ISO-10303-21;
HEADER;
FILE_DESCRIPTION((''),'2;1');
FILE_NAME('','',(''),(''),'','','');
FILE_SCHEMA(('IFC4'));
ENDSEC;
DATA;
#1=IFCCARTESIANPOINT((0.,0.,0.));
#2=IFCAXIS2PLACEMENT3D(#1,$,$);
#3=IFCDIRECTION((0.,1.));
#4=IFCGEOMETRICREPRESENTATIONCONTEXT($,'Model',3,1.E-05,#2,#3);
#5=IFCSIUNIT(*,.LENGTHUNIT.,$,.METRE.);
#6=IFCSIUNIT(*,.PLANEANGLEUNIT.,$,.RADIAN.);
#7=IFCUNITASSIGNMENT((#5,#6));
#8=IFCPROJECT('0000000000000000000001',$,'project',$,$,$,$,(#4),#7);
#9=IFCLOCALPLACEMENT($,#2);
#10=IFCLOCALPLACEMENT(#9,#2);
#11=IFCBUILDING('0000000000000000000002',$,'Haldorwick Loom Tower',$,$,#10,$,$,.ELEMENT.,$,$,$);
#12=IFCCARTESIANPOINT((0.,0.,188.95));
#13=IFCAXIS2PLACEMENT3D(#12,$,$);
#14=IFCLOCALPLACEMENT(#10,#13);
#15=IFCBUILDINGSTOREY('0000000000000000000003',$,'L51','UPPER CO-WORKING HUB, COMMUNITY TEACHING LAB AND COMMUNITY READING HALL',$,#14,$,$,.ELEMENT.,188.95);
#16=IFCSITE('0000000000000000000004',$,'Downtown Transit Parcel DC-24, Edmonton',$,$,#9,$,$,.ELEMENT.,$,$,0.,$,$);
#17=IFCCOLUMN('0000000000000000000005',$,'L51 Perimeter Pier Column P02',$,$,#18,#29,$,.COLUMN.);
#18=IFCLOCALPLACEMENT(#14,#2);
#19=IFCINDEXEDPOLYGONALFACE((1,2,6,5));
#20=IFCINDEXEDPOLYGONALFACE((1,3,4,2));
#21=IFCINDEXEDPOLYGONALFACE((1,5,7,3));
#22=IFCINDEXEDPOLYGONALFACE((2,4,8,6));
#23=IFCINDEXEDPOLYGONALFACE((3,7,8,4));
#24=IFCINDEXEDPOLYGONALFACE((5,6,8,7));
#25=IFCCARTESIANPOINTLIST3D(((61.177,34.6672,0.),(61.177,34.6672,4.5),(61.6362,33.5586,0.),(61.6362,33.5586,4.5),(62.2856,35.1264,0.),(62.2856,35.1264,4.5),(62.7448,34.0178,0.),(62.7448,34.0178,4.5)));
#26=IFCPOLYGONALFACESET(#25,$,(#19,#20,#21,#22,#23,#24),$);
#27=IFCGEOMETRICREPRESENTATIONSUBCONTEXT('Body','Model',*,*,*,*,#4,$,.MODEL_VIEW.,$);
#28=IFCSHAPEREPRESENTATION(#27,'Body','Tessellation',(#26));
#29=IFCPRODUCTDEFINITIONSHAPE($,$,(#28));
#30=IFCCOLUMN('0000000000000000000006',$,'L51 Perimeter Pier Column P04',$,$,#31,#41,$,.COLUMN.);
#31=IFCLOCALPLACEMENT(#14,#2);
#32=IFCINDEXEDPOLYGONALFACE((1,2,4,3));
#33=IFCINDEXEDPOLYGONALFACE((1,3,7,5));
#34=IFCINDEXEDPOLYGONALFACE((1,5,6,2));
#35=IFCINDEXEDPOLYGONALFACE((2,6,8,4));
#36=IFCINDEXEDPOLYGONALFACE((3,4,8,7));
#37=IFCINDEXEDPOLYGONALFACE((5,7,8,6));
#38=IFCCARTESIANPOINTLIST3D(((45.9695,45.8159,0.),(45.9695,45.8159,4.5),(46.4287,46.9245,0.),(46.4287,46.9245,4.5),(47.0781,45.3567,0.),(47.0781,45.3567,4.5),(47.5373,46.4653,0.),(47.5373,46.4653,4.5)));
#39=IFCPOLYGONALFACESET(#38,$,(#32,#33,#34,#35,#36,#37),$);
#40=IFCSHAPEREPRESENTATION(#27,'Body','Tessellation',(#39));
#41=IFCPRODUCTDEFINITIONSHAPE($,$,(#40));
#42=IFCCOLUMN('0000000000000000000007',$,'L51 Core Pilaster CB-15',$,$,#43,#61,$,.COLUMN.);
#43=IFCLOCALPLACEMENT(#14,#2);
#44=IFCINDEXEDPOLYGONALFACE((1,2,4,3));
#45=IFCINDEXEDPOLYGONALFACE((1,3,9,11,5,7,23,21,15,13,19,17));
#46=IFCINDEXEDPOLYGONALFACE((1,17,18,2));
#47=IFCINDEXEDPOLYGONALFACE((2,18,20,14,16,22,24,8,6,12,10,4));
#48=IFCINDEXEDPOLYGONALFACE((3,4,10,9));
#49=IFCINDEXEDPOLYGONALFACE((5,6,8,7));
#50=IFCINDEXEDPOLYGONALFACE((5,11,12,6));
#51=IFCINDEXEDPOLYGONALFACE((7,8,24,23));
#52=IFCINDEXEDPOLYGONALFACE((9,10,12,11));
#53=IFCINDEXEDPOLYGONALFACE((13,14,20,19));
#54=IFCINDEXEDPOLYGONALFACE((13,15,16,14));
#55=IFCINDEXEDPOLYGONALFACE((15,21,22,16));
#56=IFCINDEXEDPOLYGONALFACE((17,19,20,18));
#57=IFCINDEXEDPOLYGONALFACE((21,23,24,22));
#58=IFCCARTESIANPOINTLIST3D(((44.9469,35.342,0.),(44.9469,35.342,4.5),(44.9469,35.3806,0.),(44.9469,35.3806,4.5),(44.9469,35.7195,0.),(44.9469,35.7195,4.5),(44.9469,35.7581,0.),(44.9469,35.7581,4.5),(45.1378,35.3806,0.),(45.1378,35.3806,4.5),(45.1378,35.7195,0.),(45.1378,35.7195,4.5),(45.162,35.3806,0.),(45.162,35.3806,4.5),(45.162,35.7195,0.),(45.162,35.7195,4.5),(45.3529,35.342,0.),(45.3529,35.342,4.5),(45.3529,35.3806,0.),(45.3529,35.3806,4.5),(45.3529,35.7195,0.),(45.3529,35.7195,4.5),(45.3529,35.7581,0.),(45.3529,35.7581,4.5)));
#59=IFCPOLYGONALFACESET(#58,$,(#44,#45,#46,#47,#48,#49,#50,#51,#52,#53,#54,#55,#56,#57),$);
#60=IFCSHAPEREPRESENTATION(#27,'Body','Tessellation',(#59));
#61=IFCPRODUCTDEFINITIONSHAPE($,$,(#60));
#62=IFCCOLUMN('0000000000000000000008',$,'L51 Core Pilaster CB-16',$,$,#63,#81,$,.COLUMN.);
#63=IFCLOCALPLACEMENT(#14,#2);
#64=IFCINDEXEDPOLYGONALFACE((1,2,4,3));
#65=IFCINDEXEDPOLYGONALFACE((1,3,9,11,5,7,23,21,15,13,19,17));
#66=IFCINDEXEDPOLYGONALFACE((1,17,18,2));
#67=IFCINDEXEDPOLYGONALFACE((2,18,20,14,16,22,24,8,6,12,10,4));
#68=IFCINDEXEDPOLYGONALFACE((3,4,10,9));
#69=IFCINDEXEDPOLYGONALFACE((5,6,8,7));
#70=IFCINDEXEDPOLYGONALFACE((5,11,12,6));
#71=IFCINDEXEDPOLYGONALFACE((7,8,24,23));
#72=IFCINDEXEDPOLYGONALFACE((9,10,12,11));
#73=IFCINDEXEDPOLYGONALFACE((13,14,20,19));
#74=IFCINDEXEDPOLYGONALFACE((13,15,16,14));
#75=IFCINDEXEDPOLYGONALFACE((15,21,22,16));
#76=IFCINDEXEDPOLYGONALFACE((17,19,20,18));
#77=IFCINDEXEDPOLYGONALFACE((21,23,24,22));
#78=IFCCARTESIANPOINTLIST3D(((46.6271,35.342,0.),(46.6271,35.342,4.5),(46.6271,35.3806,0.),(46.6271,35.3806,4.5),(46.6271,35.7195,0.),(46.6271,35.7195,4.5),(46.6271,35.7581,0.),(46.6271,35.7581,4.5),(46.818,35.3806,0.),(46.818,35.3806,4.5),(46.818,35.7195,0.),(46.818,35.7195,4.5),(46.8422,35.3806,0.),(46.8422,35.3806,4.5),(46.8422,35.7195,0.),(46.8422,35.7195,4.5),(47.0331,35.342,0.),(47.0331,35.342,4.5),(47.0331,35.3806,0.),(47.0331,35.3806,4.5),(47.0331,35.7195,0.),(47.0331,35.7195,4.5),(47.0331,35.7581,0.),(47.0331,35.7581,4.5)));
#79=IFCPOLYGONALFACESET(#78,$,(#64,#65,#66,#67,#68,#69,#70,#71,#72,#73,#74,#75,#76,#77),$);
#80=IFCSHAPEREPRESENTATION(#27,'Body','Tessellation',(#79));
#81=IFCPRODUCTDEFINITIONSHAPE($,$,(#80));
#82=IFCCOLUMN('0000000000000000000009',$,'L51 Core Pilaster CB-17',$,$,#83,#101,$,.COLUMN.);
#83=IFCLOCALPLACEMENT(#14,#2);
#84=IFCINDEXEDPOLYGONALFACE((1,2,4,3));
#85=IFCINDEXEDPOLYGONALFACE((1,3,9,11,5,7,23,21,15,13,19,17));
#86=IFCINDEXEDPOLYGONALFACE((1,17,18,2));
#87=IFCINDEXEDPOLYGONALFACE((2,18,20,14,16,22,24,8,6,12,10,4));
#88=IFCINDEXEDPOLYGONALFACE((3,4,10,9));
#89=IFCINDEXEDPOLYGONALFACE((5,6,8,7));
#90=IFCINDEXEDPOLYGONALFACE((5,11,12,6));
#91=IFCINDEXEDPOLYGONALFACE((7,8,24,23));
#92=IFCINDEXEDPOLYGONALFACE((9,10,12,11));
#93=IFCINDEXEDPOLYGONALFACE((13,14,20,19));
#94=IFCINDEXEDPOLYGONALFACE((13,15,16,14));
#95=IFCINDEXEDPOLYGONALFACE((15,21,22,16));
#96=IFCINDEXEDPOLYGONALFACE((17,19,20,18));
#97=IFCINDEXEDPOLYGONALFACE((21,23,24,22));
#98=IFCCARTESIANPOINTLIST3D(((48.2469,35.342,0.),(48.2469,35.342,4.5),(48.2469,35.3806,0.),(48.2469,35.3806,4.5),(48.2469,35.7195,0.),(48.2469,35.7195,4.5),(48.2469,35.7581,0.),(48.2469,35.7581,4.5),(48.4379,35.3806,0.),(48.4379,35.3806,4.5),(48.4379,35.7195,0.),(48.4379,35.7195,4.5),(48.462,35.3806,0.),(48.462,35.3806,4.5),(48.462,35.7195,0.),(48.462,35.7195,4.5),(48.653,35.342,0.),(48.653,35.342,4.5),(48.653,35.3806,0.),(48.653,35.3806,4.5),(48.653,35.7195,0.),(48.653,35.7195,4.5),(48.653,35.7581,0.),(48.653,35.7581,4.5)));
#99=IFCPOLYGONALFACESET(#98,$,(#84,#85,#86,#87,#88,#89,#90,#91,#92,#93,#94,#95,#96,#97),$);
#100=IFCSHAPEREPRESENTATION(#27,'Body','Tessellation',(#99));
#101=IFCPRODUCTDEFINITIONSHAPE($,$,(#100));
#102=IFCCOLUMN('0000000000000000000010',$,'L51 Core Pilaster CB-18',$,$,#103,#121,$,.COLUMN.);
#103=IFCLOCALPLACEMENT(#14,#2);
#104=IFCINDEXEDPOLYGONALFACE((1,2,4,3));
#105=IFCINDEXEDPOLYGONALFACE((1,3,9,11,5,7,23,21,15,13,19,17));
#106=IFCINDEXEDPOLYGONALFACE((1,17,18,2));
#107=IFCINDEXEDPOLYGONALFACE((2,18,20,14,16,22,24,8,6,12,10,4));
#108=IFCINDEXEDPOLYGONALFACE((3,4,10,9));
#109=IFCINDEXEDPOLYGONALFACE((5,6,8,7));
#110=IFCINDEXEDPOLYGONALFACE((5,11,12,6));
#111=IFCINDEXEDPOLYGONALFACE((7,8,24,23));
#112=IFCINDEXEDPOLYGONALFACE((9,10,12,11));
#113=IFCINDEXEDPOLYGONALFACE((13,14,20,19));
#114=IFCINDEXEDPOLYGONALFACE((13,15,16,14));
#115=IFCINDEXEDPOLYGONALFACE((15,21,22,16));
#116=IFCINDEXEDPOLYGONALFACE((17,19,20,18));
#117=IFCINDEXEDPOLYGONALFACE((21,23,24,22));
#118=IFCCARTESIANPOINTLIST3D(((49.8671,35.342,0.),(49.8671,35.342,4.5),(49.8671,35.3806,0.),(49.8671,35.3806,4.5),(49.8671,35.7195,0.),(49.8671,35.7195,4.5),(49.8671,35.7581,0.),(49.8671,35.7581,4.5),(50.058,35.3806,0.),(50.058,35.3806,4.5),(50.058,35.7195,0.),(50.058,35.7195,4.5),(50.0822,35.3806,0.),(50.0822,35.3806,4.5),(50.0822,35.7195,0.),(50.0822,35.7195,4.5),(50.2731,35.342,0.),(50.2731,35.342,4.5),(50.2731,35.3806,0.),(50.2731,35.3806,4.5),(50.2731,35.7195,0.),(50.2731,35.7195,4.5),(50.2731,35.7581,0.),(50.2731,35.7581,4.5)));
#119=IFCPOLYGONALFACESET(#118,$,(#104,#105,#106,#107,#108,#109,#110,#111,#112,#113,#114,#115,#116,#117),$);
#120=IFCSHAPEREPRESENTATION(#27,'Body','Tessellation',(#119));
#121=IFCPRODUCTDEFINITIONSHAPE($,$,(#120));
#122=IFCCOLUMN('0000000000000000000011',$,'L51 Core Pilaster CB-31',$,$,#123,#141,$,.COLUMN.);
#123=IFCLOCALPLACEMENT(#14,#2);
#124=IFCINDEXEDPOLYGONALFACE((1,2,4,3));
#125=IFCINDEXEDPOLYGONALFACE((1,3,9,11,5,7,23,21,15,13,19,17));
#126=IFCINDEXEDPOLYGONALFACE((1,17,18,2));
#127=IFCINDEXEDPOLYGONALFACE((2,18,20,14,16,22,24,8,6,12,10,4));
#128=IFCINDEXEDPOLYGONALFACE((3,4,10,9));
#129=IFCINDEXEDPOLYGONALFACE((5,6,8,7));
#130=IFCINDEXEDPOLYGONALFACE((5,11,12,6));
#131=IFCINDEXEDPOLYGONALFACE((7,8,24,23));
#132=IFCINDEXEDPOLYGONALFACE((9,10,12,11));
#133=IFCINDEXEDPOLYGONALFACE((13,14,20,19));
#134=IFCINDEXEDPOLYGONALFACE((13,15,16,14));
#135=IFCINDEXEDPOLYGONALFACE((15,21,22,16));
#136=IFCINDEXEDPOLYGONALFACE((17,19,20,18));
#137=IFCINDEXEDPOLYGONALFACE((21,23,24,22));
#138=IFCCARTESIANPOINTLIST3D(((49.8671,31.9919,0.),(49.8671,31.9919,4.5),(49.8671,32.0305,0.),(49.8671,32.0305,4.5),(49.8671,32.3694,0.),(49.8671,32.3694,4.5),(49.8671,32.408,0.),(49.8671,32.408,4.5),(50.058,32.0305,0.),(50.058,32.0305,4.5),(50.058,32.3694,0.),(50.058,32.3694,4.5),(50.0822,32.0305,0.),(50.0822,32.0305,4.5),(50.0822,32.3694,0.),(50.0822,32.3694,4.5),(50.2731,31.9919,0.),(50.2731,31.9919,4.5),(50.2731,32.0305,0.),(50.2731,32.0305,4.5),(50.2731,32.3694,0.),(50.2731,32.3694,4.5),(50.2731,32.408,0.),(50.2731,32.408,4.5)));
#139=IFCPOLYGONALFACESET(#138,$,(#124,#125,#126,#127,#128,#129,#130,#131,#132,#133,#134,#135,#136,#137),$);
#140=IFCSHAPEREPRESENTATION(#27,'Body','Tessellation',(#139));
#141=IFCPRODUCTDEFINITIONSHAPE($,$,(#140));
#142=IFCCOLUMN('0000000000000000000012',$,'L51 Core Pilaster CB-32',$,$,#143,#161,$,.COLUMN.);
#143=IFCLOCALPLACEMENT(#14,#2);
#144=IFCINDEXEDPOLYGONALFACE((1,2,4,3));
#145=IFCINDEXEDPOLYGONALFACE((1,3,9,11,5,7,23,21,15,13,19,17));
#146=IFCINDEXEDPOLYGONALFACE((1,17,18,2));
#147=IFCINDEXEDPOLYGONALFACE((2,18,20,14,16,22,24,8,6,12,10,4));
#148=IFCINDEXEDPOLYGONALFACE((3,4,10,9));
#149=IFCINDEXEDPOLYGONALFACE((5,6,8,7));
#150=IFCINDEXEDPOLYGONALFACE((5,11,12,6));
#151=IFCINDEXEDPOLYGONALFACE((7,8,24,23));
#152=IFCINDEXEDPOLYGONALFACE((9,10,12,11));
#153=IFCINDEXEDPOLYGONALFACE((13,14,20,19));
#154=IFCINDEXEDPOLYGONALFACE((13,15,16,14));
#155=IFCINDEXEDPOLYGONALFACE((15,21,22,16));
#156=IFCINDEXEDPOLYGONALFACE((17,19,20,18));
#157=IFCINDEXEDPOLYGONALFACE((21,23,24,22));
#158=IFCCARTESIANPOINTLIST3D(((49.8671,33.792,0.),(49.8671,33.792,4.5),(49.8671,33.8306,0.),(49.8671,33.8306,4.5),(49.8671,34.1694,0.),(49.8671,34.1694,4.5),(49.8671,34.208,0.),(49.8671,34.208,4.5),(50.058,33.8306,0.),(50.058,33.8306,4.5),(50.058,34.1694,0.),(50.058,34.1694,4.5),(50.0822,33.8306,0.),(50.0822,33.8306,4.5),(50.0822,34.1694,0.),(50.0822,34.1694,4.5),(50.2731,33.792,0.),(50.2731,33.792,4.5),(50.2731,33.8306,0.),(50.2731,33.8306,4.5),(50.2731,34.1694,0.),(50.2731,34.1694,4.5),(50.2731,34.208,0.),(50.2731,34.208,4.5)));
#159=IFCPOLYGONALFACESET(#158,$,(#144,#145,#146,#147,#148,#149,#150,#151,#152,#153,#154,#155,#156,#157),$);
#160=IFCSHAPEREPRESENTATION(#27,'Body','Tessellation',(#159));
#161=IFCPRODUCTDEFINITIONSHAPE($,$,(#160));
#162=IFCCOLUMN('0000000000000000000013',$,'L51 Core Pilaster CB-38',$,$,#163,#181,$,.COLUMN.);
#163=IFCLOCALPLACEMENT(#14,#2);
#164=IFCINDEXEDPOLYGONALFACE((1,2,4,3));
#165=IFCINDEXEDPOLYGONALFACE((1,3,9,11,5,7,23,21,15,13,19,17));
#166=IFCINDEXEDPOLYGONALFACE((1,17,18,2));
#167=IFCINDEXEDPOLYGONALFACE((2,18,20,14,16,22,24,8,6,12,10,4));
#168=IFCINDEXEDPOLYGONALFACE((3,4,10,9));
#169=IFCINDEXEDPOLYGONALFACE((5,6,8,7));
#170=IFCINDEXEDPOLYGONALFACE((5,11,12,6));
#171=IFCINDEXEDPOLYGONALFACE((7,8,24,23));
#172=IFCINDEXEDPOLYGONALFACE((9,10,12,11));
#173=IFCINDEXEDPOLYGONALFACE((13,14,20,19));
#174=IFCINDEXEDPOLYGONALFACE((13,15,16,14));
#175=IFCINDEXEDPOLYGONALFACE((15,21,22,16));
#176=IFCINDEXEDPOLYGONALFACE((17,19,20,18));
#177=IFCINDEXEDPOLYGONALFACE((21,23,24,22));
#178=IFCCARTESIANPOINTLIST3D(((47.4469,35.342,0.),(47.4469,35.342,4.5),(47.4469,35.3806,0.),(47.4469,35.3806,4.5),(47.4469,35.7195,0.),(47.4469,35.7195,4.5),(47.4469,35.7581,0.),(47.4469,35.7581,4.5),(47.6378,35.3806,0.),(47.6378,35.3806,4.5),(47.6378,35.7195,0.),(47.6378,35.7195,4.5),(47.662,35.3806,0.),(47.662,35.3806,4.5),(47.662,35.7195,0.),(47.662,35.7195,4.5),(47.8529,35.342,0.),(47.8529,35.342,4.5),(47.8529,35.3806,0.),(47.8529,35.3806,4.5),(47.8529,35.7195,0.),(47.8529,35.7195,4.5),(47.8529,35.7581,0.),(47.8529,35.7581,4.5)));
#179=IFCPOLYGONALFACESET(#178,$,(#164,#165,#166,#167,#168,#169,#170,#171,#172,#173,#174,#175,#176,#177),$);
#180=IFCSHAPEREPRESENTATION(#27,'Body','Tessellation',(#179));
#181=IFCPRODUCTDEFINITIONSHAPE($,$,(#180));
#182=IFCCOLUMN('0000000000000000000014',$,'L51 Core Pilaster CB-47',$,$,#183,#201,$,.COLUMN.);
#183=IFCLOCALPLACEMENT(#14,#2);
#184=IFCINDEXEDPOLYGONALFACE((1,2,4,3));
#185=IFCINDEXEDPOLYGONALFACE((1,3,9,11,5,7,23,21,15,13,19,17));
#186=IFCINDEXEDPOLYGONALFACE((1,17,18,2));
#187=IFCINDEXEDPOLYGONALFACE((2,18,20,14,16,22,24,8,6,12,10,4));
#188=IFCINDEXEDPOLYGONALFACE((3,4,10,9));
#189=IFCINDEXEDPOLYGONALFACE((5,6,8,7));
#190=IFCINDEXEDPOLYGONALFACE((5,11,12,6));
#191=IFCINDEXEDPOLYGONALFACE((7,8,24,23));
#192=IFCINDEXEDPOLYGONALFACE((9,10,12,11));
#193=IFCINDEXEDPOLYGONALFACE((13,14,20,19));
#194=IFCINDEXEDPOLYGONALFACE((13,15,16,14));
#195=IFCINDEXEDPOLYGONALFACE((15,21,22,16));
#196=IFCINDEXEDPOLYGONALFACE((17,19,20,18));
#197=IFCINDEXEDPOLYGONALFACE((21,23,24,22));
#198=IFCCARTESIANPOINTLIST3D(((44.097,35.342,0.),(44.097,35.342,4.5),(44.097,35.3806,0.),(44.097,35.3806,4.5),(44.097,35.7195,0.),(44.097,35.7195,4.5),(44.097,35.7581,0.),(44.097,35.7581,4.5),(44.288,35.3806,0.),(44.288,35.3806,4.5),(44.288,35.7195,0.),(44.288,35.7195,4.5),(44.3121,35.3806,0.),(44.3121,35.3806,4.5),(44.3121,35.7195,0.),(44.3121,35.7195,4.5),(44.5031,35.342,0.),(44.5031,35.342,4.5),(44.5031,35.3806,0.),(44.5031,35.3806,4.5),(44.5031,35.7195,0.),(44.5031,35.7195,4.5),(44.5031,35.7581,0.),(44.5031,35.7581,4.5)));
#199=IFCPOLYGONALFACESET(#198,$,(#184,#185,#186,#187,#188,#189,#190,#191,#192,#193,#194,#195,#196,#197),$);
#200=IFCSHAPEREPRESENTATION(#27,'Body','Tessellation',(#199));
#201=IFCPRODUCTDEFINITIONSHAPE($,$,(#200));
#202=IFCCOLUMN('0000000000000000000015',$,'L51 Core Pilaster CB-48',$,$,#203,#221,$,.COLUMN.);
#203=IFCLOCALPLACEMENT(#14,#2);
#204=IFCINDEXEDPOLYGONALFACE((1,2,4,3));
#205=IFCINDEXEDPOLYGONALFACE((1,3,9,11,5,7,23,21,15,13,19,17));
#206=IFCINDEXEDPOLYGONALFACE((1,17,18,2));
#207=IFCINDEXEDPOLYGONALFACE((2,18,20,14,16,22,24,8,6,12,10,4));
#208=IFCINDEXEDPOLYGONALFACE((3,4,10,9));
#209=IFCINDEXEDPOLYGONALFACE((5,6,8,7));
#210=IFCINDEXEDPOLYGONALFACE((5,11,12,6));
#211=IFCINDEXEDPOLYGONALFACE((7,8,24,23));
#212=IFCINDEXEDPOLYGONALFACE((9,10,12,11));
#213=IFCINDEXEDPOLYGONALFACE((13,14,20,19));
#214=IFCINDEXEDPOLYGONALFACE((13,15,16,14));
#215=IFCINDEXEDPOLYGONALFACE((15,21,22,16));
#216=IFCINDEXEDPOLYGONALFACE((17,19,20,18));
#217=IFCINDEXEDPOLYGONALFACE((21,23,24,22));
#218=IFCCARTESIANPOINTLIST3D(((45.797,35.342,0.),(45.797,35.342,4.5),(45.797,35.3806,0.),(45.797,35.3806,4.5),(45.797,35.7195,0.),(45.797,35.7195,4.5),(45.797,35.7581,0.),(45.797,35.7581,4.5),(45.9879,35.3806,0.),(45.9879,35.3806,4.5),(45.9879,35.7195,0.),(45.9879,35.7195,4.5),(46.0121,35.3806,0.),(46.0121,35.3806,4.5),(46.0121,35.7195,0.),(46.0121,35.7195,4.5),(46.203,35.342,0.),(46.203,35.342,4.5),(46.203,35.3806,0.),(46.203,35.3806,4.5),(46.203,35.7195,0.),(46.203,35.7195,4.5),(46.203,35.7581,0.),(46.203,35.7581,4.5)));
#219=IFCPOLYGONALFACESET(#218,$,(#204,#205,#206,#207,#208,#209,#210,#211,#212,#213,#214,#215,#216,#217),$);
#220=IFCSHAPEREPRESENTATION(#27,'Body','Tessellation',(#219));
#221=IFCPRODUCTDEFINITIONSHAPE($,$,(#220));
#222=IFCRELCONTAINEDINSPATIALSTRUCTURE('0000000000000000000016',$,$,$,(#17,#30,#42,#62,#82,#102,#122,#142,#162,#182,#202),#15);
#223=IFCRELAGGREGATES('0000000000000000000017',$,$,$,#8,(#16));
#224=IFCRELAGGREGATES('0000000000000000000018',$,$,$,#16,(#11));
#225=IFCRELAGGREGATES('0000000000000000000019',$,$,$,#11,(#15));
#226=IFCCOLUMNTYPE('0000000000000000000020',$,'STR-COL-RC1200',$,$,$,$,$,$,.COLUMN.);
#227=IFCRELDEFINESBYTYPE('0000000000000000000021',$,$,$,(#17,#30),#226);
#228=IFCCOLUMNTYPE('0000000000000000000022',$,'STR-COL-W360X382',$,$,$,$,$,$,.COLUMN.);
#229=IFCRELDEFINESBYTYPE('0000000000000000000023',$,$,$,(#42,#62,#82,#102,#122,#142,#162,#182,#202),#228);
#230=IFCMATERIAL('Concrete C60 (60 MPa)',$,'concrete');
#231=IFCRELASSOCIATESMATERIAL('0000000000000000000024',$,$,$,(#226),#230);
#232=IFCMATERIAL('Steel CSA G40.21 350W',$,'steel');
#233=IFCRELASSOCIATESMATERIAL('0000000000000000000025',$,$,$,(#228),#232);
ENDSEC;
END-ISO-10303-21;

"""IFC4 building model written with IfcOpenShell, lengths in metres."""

from ifc_helpers import new_model, si_unit, direction, frame, origin, origin_2d, place, context, subcontext, project, spatial, rectangle, i_section, extrude, material, material_profile, profile_set, type_object, element, save


model = new_model("IFC4")

# Units and contexts
model_context = context("Model", 3, precision=1e-05, world=origin(), true_north=direction((0.0, 1.0)))
body_context = subcontext(model_context, "Body", "Model", "MODEL_VIEW")
ifc_project = project(units=[si_unit("LENGTHUNIT", "METRE"), si_unit("PLANEANGLEUNIT", "RADIAN")], contexts=[model_context])

# Site, building, storey
site_placement = place(None, origin())
site = spatial("IfcSite", under=ifc_project, at=site_placement, Name="Downtown Transit Parcel DC-24, Edmonton", CompositionType="ELEMENT", RefElevation=0.0)
building_placement = place(site_placement, origin())
building = spatial("IfcBuilding", under=site, at=building_placement, Name="Haldorwick Loom Tower", CompositionType="ELEMENT")
storey_placement = place(building_placement, frame((0.0, 0.0, 188.95)))
storey = spatial("IfcBuildingStorey", under=building, at=storey_placement, Name="L51", Description="UPPER CO-WORKING HUB, COMMUNITY TEACHING LAB AND COMMUNITY READING HALL", CompositionType="ELEMENT", Elevation=188.95)

# Columns
ifc_material_1 = material(Name="Concrete C60 (60 MPa)", Category="concrete")
ifc_material_profile_1 = material_profile(ifc_material_1, rectangle(XDim=1.2, YDim=1.2, at=origin_2d()), Name="RC1200X1200", Category="concrete")
ifc_profile_set_1 = profile_set([ifc_material_profile_1], Name="Concrete C60 (60 MPa)")
column_type_1 = type_object("IfcColumnType", Name="STR-COL-RC1200", PredefinedType="COLUMN", material=ifc_profile_set_1)
for number, where, z_axis, x_axis, name in (
    (1, (61.9609, 34.3425, 0.0), (0.0, 0.0, 1.0), (0.92388, 0.382683, 0.0), "L51 Perimeter Pier Column P02"),
    (2, (46.7534, 46.1406, 0.0), (0.0, 0.0, 1.0), (0.382683, 0.92388, 0.0), "L51 Perimeter Pier Column P04"),
):
    element("IfcColumn", number, at=place(storey_placement, frame(where, z_axis=z_axis, x_axis=x_axis)), inside=storey, type_object=column_type_1, Name=name, PredefinedType="COLUMN", context=body_context, shape_type="SweptSolid", body=[
        extrude(rectangle(XDim=1.2, YDim=1.2, at=origin_2d()), origin(), (0.0, 0.0, 1.0), 4.5),
    ])
ifc_material_2 = material(Name="Steel CSA G40.21 350W", Category="steel")
ifc_material_profile_2 = material_profile(ifc_material_2, i_section(OverallWidth=0.406, OverallDepth=0.416, WebThickness=0.0242, FlangeThickness=0.0386, at=origin_2d()), Name="W360X382", Category="steel")
ifc_profile_set_2 = profile_set([ifc_material_profile_2], Name="Steel CSA G40.21 350W")
column_type_2 = type_object("IfcColumnType", Name="STR-COL-W360X382", PredefinedType="COLUMN", material=ifc_profile_set_2)
for number, where, z_axis, x_axis, name in (
    (3, (45.1499, 35.55, 0.0), (0.0, 0.0, 1.0), (1.0, 0.0, 0.0), "L51 Core Pilaster CB-15"),
    (4, (46.8301, 35.55, 0.0), (0.0, 0.0, 1.0), (1.0, 0.0, 0.0), "L51 Core Pilaster CB-16"),
    (5, (48.45, 35.55, 0.0), (0.0, 0.0, 1.0), (1.0, 0.0, 0.0), "L51 Core Pilaster CB-17"),
    (6, (50.0701, 35.55, 0.0), (0.0, 0.0, 1.0), (1.0, 0.0, 0.0), "L51 Core Pilaster CB-18"),
    (7, (50.0701, 32.2, 0.0), (0.0, 0.0, 1.0), (1.0, 0.0, 0.0), "L51 Core Pilaster CB-31"),
    (8, (50.0701, 34.0, 0.0), (0.0, 0.0, 1.0), (1.0, 0.0, 0.0), "L51 Core Pilaster CB-32"),
    (9, (47.6499, 35.55, 0.0), (0.0, 0.0, 1.0), (1.0, 0.0, 0.0), "L51 Core Pilaster CB-38"),
    (10, (44.3, 35.55, 0.0), (0.0, 0.0, 1.0), (1.0, 0.0, 0.0), "L51 Core Pilaster CB-47"),
    (11, (46.0, 35.55, 0.0), (0.0, 0.0, 1.0), (1.0, 0.0, 0.0), "L51 Core Pilaster CB-48"),
):
    element("IfcColumn", number, at=place(storey_placement, frame(where, z_axis=z_axis, x_axis=x_axis)), inside=storey, type_object=column_type_2, Name=name, PredefinedType="COLUMN", context=body_context, shape_type="SweptSolid", body=[
        extrude(i_section(OverallWidth=0.406, OverallDepth=0.416, WebThickness=0.0242, FlangeThickness=0.0386, at=origin_2d()), origin(), (0.0, 0.0, 1.0), 4.5),
    ])

save(model, "model.ifc")
